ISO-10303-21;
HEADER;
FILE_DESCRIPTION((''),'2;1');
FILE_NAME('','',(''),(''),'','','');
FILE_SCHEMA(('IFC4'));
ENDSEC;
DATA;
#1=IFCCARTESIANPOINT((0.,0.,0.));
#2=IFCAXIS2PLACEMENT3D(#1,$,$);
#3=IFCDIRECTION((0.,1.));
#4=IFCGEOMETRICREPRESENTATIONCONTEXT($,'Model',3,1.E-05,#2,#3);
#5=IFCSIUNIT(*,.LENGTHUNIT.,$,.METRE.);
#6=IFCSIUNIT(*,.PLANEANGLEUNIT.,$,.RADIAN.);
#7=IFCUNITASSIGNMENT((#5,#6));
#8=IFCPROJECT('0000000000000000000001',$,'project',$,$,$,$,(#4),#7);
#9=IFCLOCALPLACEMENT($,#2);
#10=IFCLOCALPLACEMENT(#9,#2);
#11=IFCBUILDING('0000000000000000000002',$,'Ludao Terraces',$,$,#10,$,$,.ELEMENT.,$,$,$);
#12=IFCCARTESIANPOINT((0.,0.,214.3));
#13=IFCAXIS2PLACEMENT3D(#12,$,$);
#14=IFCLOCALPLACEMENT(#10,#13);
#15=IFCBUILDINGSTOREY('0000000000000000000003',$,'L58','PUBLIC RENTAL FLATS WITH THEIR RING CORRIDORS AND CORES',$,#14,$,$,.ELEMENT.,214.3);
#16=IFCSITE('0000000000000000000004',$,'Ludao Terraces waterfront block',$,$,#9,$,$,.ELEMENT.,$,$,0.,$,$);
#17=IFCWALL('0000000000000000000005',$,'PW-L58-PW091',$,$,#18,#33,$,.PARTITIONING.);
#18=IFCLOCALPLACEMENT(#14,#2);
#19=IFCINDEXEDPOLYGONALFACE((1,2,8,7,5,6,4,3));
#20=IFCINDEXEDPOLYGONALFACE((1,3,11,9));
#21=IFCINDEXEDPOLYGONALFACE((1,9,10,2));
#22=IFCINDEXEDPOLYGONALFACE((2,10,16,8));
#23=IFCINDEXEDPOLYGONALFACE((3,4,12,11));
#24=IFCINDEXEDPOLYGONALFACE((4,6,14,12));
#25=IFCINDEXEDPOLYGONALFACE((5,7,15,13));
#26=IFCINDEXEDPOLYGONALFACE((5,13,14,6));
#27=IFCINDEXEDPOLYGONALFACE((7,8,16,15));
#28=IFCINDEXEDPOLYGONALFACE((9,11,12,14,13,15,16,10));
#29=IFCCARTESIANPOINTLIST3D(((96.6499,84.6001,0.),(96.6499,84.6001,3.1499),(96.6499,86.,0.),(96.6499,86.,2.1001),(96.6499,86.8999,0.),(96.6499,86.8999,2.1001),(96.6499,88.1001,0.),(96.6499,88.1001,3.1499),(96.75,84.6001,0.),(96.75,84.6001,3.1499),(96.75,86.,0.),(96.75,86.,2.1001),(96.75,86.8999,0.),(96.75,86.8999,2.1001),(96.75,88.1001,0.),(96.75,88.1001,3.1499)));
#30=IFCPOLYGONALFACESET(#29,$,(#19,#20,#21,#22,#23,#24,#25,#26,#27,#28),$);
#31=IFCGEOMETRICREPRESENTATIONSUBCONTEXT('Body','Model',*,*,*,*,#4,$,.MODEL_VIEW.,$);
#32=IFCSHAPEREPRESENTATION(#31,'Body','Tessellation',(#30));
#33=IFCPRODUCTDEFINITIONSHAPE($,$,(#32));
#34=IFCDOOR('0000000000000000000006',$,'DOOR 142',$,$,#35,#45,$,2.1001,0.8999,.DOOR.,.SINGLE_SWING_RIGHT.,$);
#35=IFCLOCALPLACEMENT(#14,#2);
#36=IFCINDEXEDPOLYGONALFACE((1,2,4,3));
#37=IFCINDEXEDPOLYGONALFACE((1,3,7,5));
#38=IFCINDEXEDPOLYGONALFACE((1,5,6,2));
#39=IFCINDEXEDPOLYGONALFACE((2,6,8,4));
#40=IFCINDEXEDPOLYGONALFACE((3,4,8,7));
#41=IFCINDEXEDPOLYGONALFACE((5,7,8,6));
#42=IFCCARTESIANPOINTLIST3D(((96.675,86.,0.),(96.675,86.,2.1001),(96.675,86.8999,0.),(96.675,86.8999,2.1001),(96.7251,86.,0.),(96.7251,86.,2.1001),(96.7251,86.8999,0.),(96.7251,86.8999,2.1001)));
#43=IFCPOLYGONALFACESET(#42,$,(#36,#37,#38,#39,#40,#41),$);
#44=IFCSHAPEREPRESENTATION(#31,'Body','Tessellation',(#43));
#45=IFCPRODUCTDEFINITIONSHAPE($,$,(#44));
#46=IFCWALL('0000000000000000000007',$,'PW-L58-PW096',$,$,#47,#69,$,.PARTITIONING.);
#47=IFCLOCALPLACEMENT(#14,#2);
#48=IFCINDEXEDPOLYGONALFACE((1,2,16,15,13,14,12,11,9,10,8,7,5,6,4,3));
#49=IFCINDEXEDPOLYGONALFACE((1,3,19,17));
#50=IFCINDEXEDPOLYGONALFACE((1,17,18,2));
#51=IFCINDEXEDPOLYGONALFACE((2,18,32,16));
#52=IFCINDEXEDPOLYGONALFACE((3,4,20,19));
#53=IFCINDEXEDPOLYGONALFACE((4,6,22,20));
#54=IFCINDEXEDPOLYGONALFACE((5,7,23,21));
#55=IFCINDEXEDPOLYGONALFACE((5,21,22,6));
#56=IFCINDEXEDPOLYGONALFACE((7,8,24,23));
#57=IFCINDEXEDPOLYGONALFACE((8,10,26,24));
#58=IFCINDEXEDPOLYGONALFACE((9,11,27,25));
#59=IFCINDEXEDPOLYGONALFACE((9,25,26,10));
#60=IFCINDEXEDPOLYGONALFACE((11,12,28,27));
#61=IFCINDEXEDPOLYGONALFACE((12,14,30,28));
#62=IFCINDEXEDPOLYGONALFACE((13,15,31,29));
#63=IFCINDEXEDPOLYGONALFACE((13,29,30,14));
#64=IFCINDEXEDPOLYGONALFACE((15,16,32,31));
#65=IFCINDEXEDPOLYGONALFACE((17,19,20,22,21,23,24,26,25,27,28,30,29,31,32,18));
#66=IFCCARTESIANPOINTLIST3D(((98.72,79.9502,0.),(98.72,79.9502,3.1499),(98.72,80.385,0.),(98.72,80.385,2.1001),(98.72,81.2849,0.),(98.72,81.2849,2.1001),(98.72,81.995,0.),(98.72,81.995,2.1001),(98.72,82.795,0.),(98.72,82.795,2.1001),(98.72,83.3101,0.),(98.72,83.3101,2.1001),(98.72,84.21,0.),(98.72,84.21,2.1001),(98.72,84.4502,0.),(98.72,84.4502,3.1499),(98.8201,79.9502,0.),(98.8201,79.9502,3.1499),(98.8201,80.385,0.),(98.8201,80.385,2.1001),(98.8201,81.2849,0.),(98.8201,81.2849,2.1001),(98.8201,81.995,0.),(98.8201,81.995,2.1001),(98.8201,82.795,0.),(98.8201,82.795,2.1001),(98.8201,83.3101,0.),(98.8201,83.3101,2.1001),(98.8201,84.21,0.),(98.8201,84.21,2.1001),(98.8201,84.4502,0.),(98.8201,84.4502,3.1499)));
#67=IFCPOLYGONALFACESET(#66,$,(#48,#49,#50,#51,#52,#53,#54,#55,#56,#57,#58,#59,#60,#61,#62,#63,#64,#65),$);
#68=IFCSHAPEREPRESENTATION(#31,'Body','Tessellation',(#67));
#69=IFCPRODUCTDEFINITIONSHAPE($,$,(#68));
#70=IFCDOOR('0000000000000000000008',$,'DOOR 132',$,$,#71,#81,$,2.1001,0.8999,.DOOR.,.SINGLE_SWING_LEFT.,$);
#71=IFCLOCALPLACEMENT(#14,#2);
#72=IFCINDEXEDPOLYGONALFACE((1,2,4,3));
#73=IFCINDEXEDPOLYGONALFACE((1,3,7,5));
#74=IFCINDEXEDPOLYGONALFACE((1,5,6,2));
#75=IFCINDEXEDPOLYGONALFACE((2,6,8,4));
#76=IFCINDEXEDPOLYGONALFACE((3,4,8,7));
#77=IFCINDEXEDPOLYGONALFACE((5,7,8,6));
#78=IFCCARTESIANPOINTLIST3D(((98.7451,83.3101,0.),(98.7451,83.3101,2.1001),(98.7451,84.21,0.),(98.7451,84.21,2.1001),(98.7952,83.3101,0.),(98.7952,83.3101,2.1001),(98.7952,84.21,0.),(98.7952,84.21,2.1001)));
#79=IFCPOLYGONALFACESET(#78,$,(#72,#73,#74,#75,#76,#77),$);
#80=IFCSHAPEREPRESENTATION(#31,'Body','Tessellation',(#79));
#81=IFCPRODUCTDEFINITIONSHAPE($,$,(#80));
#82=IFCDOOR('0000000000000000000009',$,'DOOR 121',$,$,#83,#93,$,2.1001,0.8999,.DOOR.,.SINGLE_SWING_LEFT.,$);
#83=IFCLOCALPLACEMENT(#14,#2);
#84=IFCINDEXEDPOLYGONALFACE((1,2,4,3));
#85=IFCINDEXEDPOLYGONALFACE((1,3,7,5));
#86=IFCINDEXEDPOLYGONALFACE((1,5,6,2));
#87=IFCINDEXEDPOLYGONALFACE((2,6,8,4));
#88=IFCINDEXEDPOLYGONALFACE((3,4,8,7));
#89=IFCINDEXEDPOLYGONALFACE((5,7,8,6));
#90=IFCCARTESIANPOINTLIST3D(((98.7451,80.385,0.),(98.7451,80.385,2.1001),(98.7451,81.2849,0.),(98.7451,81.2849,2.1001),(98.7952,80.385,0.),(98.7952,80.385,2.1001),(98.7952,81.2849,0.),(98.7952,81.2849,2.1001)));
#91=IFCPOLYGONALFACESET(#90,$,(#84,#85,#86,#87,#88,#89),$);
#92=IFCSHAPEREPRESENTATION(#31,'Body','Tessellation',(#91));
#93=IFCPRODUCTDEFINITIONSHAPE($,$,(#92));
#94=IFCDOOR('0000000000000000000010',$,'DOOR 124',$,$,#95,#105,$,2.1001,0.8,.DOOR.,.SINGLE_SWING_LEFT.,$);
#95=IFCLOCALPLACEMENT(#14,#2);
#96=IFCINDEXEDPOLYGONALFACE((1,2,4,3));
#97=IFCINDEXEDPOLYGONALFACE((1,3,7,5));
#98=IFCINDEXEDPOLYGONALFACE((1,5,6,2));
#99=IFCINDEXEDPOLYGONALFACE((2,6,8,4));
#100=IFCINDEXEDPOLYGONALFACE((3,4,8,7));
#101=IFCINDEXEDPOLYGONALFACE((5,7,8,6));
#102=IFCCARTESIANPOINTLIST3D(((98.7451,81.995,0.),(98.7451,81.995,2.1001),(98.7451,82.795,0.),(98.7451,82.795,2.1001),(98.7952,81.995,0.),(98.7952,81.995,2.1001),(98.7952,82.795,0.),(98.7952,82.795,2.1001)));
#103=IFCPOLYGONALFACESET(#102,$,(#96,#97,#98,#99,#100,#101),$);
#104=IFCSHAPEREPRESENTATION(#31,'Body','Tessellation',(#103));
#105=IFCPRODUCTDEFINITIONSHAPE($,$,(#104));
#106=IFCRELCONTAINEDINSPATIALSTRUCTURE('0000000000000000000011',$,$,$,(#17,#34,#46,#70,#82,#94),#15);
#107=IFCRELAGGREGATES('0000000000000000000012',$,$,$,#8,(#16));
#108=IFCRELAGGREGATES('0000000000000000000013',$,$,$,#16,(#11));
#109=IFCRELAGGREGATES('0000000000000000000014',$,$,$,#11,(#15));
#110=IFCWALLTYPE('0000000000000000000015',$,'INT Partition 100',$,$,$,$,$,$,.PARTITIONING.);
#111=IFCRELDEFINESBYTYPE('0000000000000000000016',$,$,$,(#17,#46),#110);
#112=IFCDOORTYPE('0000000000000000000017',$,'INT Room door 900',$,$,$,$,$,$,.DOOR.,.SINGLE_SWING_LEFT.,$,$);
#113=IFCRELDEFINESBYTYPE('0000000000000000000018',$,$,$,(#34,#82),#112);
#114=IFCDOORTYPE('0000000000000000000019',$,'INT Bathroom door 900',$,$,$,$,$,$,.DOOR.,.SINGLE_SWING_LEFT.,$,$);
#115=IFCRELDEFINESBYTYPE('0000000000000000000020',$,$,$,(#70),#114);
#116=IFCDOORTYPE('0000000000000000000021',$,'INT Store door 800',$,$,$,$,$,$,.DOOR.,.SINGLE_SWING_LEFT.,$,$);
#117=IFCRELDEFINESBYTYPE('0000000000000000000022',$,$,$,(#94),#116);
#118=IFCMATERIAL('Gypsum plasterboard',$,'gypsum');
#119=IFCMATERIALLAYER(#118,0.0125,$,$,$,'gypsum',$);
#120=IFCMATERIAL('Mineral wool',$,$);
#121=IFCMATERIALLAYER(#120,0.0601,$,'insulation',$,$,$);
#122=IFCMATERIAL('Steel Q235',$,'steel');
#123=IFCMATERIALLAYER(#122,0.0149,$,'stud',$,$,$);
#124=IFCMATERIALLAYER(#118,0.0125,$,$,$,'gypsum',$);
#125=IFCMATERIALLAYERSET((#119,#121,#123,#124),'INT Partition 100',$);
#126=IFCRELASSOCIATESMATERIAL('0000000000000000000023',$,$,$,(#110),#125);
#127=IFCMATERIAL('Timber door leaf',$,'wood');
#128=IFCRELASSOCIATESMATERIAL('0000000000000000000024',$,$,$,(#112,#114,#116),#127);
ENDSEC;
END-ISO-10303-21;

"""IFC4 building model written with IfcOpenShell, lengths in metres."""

from ifc_helpers import new_model, si_unit, direction, frame, frame_2d, origin, place, context, subcontext, project, spatial, rectangle, extrude, material, layer, layer_set, type_object, element, fill, save


model = new_model("IFC4")

# Units and contexts
model_context = context("Model", 3, precision=1e-05, world=origin(), true_north=direction((0.0, 1.0)))
body_context = subcontext(model_context, "Body", "Model", "MODEL_VIEW")
ifc_project = project(units=[si_unit("LENGTHUNIT", "METRE"), si_unit("PLANEANGLEUNIT", "RADIAN")], contexts=[model_context])

# Site, building, storey
site_placement = place(None, origin())
site = spatial("IfcSite", under=ifc_project, at=site_placement, Name="Ludao Terraces waterfront block", CompositionType="ELEMENT", RefElevation=0.0)
building_placement = place(site_placement, origin())
building = spatial("IfcBuilding", under=site, at=building_placement, Name="Ludao Terraces", CompositionType="ELEMENT")
storey_placement = place(building_placement, frame((0.0, 0.0, 214.3)))
storey = spatial("IfcBuildingStorey", under=building, at=storey_placement, Name="L58", Description="PUBLIC RENTAL FLATS WITH THEIR RING CORRIDORS AND CORES", CompositionType="ELEMENT", Elevation=214.3)

# Shared definitions
ifc_material_1 = material(Name="Mineral wool")

# Shared definitions
ifc_material_2 = material(Name="Gypsum plasterboard", Category="gypsum")
ifc_layer_1 = layer(ifc_material_2, 0.0125, Category="gypsum")
ifc_layer_2 = layer(ifc_material_1, 0.0601, Name="insulation")
ifc_material_3 = material(Name="Steel Q235", Category="steel")
ifc_layer_3 = layer(ifc_material_3, 0.0149, Name="stud")
ifc_layer_4 = layer(ifc_material_2, 0.0125, Category="gypsum")
ifc_layer_set_1 = layer_set([ifc_layer_1, ifc_layer_2, ifc_layer_3, ifc_layer_4], Name="INT Partition 100")
wall_type_1 = type_object("IfcWallType", Name="INT Partition 100", PredefinedType="PARTITIONING", material=ifc_layer_set_1)

# Wall, opening, door
ifc_material_4 = material(Name="Timber door leaf", Category="wood")
door_type_1 = type_object("IfcDoorType", Name="INT Room door 900", OperationType="SINGLE_SWING_LEFT", PredefinedType="DOOR", material=ifc_material_4)
wall_1_placement = place(storey_placement, frame((96.7, 84.6001, 0.0), z_axis=(0.0, 0.0, 1.0), x_axis=(0.0, 1.0, 0.0)))
wall_1 = element("IfcWall", 1, at=wall_1_placement, inside=storey, type_object=wall_type_1, Name="PW-L58-PW091", PredefinedType="PARTITIONING", context=body_context, shape_type="SweptSolid", body=[
    extrude(rectangle(XDim=3.5, YDim=0.1001, at=frame_2d((1.75, 0.0))), origin(), (0.0, 0.0, 1.0), 3.1499),
])
opening_1_placement = place(wall_1_placement, frame((1.3999, 0.0, 0.0)))
opening_1 = element("IfcOpeningElement", 2, at=opening_1_placement, cuts=wall_1, PredefinedType="OPENING", context=body_context, shape_type="SweptSolid", body=[
    extrude(rectangle(XDim=0.8999, YDim=2.1001, at=frame_2d((0.45, 1.05))), frame((0.0, 0.0601, 0.0), z_axis=(0.0, -1.0, 0.0), x_axis=(1.0, 0.0, 0.0)), (0.0, 0.0, 1.0), 0.1201),
])
door_1_placement = place(opening_1_placement, origin())
door_1 = element("IfcDoor", 3, at=door_1_placement, inside=storey, type_object=door_type_1, Name="DOOR 142", OperationType="SINGLE_SWING_RIGHT", OverallHeight=2.1001, OverallWidth=0.8999, PredefinedType="DOOR", context=body_context, shape_type="SweptSolid", body=[
    extrude(rectangle(XDim=0.8999, YDim=2.1001, at=frame_2d((0.45, 1.05))), frame((0.0, 0.0249, 0.0), z_axis=(0.0, -1.0, 0.0), x_axis=(1.0, 0.0, 0.0)), (0.0, 0.0, 1.0), 0.05),
])
fill(opening_1, door_1)

# Wall, openings, doors
wall_2_placement = place(storey_placement, frame((98.77, 79.9502, 0.0), z_axis=(0.0, 0.0, 1.0), x_axis=(0.0, 1.0, 0.0)))
wall_2 = element("IfcWall", 4, at=wall_2_placement, inside=storey, type_object=wall_type_1, Name="PW-L58-PW096", PredefinedType="PARTITIONING", context=body_context, shape_type="SweptSolid", body=[
    extrude(rectangle(XDim=4.5, YDim=0.1001, at=frame_2d((2.25, 0.0))), origin(), (0.0, 0.0, 1.0), 3.1499),
])
opening_2_placement = place(wall_2_placement, frame((0.4348, 0.0, 0.0)))
opening_2 = element("IfcOpeningElement", 5, at=opening_2_placement, cuts=wall_2, PredefinedType="OPENING", context=body_context, shape_type="SweptSolid", body=[
    extrude(rectangle(XDim=0.8999, YDim=2.1001, at=frame_2d((0.45, 1.05))), frame((0.0, 0.0601, 0.0), z_axis=(0.0, -1.0, 0.0), x_axis=(1.0, 0.0, 0.0)), (0.0, 0.0, 1.0), 0.1201),
])
opening_3_placement = place(wall_2_placement, frame((2.0449, 0.0, 0.0)))
opening_3 = element("IfcOpeningElement", 6, at=opening_3_placement, cuts=wall_2, PredefinedType="OPENING", context=body_context, shape_type="SweptSolid", body=[
    extrude(rectangle(XDim=0.8, YDim=2.1001, at=frame_2d((0.3999, 1.05))), frame((0.0, 0.0601, 0.0), z_axis=(0.0, -1.0, 0.0), x_axis=(1.0, 0.0, 0.0)), (0.0, 0.0, 1.0), 0.1201),
])
opening_4_placement = place(wall_2_placement, frame((3.3599, 0.0, 0.0)))
opening_4 = element("IfcOpeningElement", 7, at=opening_4_placement, cuts=wall_2, PredefinedType="OPENING", context=body_context, shape_type="SweptSolid", body=[
    extrude(rectangle(XDim=0.8999, YDim=2.1001, at=frame_2d((0.45, 1.05))), frame((0.0, 0.0601, 0.0), z_axis=(0.0, -1.0, 0.0), x_axis=(1.0, 0.0, 0.0)), (0.0, 0.0, 1.0), 0.1201),
])
door_type_2 = type_object("IfcDoorType", Name="INT Bathroom door 900", OperationType="SINGLE_SWING_LEFT", PredefinedType="DOOR", material=ifc_material_4)
door_2_placement = place(opening_4_placement, origin())
door_2 = element("IfcDoor", 8, at=door_2_placement, inside=storey, type_object=door_type_2, Name="DOOR 132", OperationType="SINGLE_SWING_LEFT", OverallHeight=2.1001, OverallWidth=0.8999, PredefinedType="DOOR", context=body_context, shape_type="SweptSolid", body=[
    extrude(rectangle(XDim=0.8999, YDim=2.1001, at=frame_2d((0.45, 1.05))), frame((0.0, 0.0249, 0.0), z_axis=(0.0, -1.0, 0.0), x_axis=(1.0, 0.0, 0.0)), (0.0, 0.0, 1.0), 0.05),
])
fill(opening_4, door_2)
door_3_placement = place(opening_2_placement, origin())
door_3 = element("IfcDoor", 9, at=door_3_placement, inside=storey, type_object=door_type_1, Name="DOOR 121", OperationType="SINGLE_SWING_LEFT", OverallHeight=2.1001, OverallWidth=0.8999, PredefinedType="DOOR", context=body_context, shape_type="SweptSolid", body=[
    extrude(rectangle(XDim=0.8999, YDim=2.1001, at=frame_2d((0.45, 1.05))), frame((0.0, 0.0249, 0.0), z_axis=(0.0, -1.0, 0.0), x_axis=(1.0, 0.0, 0.0)), (0.0, 0.0, 1.0), 0.05),
])
fill(opening_2, door_3)
door_type_3 = type_object("IfcDoorType", Name="INT Store door 800", OperationType="SINGLE_SWING_LEFT", PredefinedType="DOOR", material=ifc_material_4)
door_4_placement = place(opening_3_placement, origin())
door_4 = element("IfcDoor", 10, at=door_4_placement, inside=storey, type_object=door_type_3, Name="DOOR 124", OperationType="SINGLE_SWING_LEFT", OverallHeight=2.1001, OverallWidth=0.8, PredefinedType="DOOR", context=body_context, shape_type="SweptSolid", body=[
    extrude(rectangle(XDim=0.8, YDim=2.1001, at=frame_2d((0.3999, 1.05))), frame((0.0, 0.0249, 0.0), z_axis=(0.0, -1.0, 0.0), x_axis=(1.0, 0.0, 0.0)), (0.0, 0.0, 1.0), 0.05),
])
fill(opening_3, door_4)

save(model, "model.ifc")
